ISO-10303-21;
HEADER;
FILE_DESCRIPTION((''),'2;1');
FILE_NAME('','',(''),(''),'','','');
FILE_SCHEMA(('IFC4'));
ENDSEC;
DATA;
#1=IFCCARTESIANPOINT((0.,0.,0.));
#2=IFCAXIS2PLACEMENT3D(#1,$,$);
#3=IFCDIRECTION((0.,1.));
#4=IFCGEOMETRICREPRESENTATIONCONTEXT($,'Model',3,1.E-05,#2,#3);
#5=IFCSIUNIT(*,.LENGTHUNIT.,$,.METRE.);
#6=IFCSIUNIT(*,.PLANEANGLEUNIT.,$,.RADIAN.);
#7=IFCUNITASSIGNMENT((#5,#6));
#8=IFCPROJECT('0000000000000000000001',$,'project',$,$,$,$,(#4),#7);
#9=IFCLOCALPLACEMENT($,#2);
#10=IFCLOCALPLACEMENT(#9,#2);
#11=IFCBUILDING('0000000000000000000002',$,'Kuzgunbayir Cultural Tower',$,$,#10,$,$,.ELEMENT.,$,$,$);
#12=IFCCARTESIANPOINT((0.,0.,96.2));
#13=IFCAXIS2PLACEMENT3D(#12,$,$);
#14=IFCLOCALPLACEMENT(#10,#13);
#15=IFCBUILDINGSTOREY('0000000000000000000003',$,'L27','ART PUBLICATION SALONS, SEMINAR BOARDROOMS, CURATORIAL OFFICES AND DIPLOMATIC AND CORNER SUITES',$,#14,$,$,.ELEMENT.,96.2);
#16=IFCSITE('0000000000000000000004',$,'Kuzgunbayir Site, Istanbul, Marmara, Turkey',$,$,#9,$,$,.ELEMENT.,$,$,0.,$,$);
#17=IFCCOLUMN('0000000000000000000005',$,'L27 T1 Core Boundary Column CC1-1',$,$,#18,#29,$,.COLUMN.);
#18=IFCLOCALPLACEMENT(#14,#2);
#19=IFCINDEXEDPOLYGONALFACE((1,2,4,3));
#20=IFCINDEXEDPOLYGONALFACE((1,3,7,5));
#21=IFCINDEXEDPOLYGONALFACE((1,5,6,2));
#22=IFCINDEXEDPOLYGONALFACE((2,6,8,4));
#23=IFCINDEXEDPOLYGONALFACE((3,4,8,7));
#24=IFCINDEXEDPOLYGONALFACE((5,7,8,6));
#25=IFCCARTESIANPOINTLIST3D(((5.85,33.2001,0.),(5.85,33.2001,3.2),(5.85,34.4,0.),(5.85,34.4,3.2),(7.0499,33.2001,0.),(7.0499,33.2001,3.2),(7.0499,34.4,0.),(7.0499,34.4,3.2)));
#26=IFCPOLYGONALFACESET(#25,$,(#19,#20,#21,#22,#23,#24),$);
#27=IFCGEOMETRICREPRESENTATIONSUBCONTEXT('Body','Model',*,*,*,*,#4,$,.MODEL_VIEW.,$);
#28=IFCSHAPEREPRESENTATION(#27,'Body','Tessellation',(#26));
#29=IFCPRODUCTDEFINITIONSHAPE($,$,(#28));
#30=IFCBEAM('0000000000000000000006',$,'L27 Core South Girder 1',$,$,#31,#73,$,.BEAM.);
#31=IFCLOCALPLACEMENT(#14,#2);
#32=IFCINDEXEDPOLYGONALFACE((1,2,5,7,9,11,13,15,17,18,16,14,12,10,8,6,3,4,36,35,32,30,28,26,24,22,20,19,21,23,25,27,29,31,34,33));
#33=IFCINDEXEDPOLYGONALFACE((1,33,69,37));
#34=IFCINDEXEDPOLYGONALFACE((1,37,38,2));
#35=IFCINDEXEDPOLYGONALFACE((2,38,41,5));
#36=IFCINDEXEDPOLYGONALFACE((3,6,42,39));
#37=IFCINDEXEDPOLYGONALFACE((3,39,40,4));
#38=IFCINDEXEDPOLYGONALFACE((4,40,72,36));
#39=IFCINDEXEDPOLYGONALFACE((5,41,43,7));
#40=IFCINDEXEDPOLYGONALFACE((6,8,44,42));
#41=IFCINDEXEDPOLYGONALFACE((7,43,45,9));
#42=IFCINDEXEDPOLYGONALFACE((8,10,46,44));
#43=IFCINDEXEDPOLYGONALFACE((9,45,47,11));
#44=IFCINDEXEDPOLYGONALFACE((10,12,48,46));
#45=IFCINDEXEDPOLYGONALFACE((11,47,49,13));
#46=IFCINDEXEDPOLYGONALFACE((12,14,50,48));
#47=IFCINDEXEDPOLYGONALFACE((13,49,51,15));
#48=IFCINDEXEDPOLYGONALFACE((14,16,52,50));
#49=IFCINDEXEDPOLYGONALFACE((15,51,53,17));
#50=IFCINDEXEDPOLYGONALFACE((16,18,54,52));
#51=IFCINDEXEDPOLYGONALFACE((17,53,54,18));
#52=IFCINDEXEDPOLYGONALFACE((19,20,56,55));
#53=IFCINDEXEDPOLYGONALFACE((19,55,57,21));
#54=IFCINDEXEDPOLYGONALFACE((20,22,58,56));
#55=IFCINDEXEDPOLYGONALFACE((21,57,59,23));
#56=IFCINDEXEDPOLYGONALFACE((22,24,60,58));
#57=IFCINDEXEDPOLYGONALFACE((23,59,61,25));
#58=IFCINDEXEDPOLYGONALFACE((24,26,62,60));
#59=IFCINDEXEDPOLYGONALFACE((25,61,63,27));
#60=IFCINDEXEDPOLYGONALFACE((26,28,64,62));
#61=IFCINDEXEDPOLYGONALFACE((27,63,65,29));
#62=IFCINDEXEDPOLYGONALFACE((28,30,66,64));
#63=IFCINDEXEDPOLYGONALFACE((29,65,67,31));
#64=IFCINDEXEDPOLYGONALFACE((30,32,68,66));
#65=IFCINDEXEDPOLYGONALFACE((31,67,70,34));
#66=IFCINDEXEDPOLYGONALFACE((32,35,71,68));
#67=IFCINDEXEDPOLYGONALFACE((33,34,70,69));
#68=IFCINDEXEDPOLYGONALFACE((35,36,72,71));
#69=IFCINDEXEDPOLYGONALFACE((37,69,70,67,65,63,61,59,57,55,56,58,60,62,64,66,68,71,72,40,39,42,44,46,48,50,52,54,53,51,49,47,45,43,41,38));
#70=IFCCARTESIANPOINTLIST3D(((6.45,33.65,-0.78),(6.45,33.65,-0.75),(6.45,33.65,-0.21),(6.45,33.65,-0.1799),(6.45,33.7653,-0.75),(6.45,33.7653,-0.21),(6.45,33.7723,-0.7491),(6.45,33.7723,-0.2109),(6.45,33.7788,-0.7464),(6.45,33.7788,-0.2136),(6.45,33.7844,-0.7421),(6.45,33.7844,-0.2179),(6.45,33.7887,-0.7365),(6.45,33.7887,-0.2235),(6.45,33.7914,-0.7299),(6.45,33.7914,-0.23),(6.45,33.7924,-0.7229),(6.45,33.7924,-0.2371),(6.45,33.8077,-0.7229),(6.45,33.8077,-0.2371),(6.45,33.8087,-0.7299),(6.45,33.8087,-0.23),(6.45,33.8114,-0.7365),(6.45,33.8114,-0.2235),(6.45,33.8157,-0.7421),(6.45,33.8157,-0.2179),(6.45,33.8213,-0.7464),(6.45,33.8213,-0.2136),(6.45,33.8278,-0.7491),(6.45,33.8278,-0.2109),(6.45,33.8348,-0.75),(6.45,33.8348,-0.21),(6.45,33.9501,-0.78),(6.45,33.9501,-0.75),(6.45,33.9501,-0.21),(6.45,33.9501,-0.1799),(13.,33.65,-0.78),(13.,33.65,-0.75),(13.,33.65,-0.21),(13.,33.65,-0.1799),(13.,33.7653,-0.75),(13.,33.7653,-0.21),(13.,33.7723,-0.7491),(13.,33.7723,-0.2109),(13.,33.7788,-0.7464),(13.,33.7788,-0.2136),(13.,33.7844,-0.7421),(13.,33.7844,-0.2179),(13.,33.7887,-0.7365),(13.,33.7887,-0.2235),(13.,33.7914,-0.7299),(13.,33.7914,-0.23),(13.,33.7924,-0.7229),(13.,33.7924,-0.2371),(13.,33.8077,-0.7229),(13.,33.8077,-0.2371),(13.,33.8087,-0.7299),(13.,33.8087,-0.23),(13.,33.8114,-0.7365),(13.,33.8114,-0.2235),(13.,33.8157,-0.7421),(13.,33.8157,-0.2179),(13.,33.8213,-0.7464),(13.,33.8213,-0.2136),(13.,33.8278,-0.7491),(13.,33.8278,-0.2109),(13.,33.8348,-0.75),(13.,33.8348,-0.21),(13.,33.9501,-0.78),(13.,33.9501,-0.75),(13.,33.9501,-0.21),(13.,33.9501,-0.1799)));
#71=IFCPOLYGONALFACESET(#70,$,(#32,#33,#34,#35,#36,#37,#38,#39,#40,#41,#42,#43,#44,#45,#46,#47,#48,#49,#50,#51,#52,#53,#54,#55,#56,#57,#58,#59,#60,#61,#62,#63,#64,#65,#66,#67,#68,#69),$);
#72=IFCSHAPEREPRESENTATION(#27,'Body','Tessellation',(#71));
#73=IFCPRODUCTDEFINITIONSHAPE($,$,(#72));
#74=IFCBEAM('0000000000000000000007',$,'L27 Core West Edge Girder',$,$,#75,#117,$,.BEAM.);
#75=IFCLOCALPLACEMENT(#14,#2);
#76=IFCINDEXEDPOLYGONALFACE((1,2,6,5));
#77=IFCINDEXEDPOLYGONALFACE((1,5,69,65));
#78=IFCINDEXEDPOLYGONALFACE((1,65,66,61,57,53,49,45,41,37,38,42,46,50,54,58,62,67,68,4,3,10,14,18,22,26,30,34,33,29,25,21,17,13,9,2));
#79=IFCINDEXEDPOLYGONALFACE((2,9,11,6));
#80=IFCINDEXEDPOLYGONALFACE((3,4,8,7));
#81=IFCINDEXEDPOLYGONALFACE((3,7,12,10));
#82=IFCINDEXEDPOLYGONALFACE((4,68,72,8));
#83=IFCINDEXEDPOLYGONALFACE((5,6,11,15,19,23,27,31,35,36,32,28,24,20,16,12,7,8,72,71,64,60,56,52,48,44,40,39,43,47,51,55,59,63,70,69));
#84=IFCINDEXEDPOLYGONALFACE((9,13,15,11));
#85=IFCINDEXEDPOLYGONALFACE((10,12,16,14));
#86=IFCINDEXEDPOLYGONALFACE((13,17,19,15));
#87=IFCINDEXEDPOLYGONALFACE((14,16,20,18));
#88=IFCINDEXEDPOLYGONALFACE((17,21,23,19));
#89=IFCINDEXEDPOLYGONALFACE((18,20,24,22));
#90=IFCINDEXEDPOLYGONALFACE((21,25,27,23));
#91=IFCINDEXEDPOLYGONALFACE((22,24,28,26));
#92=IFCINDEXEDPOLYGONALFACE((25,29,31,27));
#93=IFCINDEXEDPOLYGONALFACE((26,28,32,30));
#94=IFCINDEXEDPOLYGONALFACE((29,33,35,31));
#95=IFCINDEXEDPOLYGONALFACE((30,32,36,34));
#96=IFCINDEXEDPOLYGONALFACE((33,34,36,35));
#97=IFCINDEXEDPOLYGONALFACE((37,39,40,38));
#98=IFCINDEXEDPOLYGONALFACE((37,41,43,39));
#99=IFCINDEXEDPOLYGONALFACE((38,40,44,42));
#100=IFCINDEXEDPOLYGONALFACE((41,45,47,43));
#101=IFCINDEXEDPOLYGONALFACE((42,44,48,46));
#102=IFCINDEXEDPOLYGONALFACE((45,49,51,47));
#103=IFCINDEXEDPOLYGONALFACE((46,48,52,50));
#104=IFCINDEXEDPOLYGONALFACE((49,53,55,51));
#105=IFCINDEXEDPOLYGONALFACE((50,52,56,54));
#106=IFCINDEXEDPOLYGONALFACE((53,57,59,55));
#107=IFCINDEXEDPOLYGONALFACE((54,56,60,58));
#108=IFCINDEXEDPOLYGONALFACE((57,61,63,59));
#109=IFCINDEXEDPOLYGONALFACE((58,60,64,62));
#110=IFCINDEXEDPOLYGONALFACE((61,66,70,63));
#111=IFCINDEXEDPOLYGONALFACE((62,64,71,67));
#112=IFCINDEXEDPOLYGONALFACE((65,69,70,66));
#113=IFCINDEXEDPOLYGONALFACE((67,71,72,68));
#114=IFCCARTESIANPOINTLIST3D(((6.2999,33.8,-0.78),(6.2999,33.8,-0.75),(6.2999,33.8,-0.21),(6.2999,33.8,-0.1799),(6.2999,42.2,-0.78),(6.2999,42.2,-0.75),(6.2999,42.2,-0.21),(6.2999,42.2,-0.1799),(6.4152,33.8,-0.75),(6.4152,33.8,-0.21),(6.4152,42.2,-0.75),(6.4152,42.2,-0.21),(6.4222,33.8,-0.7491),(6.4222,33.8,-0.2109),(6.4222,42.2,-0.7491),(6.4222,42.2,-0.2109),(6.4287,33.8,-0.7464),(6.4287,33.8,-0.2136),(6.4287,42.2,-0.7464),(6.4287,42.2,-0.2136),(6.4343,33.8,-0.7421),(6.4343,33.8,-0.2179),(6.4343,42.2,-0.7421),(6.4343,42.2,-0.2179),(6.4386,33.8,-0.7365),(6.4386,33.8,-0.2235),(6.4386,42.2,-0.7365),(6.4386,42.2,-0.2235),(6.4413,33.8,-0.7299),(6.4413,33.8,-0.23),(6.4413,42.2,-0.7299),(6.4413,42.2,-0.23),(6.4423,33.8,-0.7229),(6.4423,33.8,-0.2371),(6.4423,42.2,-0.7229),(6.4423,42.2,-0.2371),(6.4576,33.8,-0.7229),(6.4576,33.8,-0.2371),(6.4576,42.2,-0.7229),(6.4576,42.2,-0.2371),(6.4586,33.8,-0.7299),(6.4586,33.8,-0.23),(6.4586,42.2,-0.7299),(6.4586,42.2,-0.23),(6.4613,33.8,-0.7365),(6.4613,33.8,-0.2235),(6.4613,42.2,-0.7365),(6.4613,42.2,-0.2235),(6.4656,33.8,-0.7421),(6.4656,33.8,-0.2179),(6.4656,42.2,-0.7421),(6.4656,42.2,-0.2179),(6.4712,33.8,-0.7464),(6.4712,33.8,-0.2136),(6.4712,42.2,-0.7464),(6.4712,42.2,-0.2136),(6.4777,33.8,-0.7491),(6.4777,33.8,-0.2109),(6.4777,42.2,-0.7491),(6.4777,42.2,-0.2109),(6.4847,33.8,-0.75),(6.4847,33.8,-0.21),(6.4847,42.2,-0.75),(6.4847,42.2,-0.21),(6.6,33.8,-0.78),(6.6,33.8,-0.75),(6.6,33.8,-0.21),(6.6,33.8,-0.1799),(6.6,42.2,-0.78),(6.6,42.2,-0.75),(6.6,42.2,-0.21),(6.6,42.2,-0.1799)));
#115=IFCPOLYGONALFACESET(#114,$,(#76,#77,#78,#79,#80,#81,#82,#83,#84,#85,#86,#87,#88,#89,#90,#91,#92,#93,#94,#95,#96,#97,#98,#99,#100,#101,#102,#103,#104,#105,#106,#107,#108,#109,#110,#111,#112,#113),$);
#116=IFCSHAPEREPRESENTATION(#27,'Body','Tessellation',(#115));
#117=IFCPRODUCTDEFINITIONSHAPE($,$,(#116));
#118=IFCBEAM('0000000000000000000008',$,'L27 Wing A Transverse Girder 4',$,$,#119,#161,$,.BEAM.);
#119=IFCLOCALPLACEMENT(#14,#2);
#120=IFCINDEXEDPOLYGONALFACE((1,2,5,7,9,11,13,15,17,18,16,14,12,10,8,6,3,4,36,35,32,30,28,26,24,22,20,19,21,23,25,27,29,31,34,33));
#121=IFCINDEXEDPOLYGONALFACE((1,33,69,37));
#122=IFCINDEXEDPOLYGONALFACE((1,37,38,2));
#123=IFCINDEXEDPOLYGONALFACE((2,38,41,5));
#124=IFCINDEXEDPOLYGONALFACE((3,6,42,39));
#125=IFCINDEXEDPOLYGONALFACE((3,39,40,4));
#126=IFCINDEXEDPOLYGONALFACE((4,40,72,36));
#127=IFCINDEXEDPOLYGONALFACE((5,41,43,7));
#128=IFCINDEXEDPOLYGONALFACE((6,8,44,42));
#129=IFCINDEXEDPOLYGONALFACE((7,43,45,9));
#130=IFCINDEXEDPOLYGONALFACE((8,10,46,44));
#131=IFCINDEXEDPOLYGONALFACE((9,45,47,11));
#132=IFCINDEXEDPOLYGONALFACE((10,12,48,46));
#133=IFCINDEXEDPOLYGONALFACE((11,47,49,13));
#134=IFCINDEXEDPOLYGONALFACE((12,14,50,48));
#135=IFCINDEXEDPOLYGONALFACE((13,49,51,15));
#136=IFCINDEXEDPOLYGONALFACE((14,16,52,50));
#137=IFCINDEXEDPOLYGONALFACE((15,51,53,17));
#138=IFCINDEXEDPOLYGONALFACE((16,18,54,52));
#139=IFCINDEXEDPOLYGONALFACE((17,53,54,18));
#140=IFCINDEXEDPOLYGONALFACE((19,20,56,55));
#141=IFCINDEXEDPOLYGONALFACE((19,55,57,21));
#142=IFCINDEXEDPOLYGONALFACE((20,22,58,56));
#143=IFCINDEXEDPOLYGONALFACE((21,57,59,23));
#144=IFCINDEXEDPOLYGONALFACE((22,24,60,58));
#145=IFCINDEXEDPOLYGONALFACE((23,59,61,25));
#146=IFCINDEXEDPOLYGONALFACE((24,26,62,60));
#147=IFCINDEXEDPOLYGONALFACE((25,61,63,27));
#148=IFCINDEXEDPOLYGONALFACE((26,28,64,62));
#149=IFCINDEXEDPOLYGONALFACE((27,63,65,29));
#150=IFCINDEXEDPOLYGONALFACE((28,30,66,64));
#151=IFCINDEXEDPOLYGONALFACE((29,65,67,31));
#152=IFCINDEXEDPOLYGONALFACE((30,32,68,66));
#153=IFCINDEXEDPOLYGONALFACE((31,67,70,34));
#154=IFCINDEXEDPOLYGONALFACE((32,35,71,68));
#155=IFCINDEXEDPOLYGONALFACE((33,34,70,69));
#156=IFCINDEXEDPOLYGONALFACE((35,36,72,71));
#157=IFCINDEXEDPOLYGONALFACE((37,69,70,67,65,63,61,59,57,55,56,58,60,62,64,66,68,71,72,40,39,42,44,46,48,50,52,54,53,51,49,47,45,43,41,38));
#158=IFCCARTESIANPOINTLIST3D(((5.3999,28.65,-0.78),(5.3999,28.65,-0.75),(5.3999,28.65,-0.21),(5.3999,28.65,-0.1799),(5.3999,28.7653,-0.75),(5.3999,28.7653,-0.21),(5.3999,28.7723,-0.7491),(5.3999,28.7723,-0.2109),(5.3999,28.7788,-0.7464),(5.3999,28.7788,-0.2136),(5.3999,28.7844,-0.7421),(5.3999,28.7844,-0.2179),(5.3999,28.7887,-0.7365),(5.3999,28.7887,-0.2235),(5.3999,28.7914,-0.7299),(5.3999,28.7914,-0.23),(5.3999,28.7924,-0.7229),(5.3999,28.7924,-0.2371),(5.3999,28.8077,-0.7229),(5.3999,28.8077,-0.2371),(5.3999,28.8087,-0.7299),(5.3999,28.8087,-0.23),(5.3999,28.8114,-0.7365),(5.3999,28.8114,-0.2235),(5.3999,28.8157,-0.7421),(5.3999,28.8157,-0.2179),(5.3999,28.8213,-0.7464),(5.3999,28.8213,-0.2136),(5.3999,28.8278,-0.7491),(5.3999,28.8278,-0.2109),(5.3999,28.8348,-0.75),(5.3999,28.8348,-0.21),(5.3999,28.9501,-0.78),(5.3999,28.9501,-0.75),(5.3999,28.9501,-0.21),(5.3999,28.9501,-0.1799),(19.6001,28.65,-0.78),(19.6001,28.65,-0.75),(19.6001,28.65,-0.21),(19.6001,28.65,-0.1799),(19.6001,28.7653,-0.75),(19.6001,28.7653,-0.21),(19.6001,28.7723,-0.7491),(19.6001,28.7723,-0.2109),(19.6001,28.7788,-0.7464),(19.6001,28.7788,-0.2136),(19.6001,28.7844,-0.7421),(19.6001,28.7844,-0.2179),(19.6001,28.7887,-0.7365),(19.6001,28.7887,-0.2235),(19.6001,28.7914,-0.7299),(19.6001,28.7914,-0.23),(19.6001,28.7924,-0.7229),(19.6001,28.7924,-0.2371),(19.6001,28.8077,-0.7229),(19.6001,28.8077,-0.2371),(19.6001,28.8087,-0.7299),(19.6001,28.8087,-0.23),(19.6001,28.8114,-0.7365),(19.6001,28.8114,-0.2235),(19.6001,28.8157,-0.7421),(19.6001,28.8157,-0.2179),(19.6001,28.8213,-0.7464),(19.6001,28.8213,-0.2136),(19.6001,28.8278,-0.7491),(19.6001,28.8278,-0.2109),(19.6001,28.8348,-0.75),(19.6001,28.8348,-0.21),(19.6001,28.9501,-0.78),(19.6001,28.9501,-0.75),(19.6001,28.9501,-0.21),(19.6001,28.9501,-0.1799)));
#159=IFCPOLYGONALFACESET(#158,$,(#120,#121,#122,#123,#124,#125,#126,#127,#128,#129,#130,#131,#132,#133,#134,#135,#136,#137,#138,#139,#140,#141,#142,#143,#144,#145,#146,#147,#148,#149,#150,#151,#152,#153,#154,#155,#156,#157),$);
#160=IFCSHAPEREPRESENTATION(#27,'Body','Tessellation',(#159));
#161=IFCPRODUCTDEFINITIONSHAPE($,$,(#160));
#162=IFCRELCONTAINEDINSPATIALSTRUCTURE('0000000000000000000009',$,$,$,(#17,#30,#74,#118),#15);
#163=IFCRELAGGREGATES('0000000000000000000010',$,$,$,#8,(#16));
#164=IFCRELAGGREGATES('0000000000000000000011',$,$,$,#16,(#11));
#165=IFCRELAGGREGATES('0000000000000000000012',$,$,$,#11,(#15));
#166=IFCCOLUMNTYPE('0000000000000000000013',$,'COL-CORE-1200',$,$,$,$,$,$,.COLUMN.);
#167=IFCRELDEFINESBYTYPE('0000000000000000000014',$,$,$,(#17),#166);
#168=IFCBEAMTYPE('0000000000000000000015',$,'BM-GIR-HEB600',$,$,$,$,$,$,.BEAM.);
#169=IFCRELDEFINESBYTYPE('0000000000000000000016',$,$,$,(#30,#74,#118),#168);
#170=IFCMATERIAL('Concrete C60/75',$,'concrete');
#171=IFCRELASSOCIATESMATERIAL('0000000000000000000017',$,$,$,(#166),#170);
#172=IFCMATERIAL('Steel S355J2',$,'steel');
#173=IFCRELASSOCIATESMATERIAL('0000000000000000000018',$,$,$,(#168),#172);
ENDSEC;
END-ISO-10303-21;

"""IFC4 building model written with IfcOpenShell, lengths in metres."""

from ifc_helpers import new_model, si_unit, direction, frame, origin, origin_2d, place, context, subcontext, project, spatial, rectangle, i_section, extrude, material, material_profile, profile_set, type_object, element, save


model = new_model("IFC4")

# Units and contexts
model_context = context("Model", 3, precision=1e-05, world=origin(), true_north=direction((0.0, 1.0)))
body_context = subcontext(model_context, "Body", "Model", "MODEL_VIEW")
ifc_project = project(units=[si_unit("LENGTHUNIT", "METRE"), si_unit("PLANEANGLEUNIT", "RADIAN")], contexts=[model_context])

# Site, building, storey
site_placement = place(None, origin())
site = spatial("IfcSite", under=ifc_project, at=site_placement, Name="Kuzgunbayir Site, Istanbul, Marmara, Turkey", CompositionType="ELEMENT", RefElevation=0.0)
building_placement = place(site_placement, origin())
building = spatial("IfcBuilding", under=site, at=building_placement, Name="Kuzgunbayir Cultural Tower", CompositionType="ELEMENT")
storey_placement = place(building_placement, frame((0.0, 0.0, 96.2)))
storey = spatial("IfcBuildingStorey", under=building, at=storey_placement, Name="L27", Description="ART PUBLICATION SALONS, SEMINAR BOARDROOMS, CURATORIAL OFFICES AND DIPLOMATIC AND CORNER SUITES", CompositionType="ELEMENT", Elevation=96.2)

# Column
ifc_material_1 = material(Name="Concrete C60/75", Category="concrete")
ifc_material_profile_1 = material_profile(ifc_material_1, rectangle(XDim=1.2, YDim=1.2, at=origin_2d()), Name="RC 1200x1200")
ifc_profile_set_1 = profile_set([ifc_material_profile_1], Name="Concrete C60/75")
column_type = type_object("IfcColumnType", Name="COL-CORE-1200", PredefinedType="COLUMN", material=ifc_profile_set_1)
column_placement = place(storey_placement, frame((6.45, 33.8, 0.0), z_axis=(0.0, 0.0, 1.0), x_axis=(1.0, 0.0, 0.0)))
element("IfcColumn", 1, at=column_placement, inside=storey, type_object=column_type, Name="L27 T1 Core Boundary Column CC1-1", PredefinedType="COLUMN", context=body_context, shape_type="SweptSolid", body=[
    extrude(rectangle(XDim=1.2, YDim=1.2, at=origin_2d()), origin(), (0.0, 0.0, 1.0), 3.2),
])

# Beams
ifc_material_2 = material(Name="Steel S355J2", Category="steel")
ifc_material_profile_2 = material_profile(ifc_material_2, i_section(OverallWidth=0.3, OverallDepth=0.6001, WebThickness=0.0154, FlangeThickness=0.03, FilletRadius=0.0271, at=origin_2d()), Name="HEB 600")
ifc_profile_set_2 = profile_set([ifc_material_profile_2], Name="Steel S355J2")
beam_type = type_object("IfcBeamType", Name="BM-GIR-HEB600", PredefinedType="BEAM", material=ifc_profile_set_2)
beam_1_placement = place(storey_placement, frame((6.45, 33.8, -0.48), z_axis=(1.0, 0.0, 0.0), x_axis=(0.0, 1.0, 0.0)))
element("IfcBeam", 2, at=beam_1_placement, inside=storey, type_object=beam_type, Name="L27 Core South Girder 1", PredefinedType="BEAM", context=body_context, shape_type="SweptSolid", body=[
    extrude(i_section(OverallWidth=0.3, OverallDepth=0.6001, WebThickness=0.0154, FlangeThickness=0.03, FilletRadius=0.0271, at=origin_2d()), origin(), (0.0, 0.0, 1.0), 6.55),
])
beam_2_placement = place(storey_placement, frame((6.45, 33.8, -0.48), z_axis=(0.0, 1.0, 0.0), x_axis=(-1.0, 0.0, 0.0)))
element("IfcBeam", 3, at=beam_2_placement, inside=storey, type_object=beam_type, Name="L27 Core West Edge Girder", PredefinedType="BEAM", context=body_context, shape_type="SweptSolid", body=[
    extrude(i_section(OverallWidth=0.3, OverallDepth=0.6001, WebThickness=0.0154, FlangeThickness=0.03, FilletRadius=0.0271, at=origin_2d()), origin(), (0.0, 0.0, 1.0), 8.3999),
])
beam_3_placement = place(storey_placement, frame((5.3999, 28.8, -0.48), z_axis=(1.0, 0.0, 0.0), x_axis=(0.0, 1.0, 0.0)))
element("IfcBeam", 4, at=beam_3_placement, inside=storey, type_object=beam_type, Name="L27 Wing A Transverse Girder 4", PredefinedType="BEAM", context=body_context, shape_type="SweptSolid", body=[
    extrude(i_section(OverallWidth=0.3, OverallDepth=0.6001, WebThickness=0.0154, FlangeThickness=0.03, FilletRadius=0.0271, at=origin_2d()), origin(), (0.0, 0.0, 1.0), 14.2002),
])

save(model, "model.ifc")
